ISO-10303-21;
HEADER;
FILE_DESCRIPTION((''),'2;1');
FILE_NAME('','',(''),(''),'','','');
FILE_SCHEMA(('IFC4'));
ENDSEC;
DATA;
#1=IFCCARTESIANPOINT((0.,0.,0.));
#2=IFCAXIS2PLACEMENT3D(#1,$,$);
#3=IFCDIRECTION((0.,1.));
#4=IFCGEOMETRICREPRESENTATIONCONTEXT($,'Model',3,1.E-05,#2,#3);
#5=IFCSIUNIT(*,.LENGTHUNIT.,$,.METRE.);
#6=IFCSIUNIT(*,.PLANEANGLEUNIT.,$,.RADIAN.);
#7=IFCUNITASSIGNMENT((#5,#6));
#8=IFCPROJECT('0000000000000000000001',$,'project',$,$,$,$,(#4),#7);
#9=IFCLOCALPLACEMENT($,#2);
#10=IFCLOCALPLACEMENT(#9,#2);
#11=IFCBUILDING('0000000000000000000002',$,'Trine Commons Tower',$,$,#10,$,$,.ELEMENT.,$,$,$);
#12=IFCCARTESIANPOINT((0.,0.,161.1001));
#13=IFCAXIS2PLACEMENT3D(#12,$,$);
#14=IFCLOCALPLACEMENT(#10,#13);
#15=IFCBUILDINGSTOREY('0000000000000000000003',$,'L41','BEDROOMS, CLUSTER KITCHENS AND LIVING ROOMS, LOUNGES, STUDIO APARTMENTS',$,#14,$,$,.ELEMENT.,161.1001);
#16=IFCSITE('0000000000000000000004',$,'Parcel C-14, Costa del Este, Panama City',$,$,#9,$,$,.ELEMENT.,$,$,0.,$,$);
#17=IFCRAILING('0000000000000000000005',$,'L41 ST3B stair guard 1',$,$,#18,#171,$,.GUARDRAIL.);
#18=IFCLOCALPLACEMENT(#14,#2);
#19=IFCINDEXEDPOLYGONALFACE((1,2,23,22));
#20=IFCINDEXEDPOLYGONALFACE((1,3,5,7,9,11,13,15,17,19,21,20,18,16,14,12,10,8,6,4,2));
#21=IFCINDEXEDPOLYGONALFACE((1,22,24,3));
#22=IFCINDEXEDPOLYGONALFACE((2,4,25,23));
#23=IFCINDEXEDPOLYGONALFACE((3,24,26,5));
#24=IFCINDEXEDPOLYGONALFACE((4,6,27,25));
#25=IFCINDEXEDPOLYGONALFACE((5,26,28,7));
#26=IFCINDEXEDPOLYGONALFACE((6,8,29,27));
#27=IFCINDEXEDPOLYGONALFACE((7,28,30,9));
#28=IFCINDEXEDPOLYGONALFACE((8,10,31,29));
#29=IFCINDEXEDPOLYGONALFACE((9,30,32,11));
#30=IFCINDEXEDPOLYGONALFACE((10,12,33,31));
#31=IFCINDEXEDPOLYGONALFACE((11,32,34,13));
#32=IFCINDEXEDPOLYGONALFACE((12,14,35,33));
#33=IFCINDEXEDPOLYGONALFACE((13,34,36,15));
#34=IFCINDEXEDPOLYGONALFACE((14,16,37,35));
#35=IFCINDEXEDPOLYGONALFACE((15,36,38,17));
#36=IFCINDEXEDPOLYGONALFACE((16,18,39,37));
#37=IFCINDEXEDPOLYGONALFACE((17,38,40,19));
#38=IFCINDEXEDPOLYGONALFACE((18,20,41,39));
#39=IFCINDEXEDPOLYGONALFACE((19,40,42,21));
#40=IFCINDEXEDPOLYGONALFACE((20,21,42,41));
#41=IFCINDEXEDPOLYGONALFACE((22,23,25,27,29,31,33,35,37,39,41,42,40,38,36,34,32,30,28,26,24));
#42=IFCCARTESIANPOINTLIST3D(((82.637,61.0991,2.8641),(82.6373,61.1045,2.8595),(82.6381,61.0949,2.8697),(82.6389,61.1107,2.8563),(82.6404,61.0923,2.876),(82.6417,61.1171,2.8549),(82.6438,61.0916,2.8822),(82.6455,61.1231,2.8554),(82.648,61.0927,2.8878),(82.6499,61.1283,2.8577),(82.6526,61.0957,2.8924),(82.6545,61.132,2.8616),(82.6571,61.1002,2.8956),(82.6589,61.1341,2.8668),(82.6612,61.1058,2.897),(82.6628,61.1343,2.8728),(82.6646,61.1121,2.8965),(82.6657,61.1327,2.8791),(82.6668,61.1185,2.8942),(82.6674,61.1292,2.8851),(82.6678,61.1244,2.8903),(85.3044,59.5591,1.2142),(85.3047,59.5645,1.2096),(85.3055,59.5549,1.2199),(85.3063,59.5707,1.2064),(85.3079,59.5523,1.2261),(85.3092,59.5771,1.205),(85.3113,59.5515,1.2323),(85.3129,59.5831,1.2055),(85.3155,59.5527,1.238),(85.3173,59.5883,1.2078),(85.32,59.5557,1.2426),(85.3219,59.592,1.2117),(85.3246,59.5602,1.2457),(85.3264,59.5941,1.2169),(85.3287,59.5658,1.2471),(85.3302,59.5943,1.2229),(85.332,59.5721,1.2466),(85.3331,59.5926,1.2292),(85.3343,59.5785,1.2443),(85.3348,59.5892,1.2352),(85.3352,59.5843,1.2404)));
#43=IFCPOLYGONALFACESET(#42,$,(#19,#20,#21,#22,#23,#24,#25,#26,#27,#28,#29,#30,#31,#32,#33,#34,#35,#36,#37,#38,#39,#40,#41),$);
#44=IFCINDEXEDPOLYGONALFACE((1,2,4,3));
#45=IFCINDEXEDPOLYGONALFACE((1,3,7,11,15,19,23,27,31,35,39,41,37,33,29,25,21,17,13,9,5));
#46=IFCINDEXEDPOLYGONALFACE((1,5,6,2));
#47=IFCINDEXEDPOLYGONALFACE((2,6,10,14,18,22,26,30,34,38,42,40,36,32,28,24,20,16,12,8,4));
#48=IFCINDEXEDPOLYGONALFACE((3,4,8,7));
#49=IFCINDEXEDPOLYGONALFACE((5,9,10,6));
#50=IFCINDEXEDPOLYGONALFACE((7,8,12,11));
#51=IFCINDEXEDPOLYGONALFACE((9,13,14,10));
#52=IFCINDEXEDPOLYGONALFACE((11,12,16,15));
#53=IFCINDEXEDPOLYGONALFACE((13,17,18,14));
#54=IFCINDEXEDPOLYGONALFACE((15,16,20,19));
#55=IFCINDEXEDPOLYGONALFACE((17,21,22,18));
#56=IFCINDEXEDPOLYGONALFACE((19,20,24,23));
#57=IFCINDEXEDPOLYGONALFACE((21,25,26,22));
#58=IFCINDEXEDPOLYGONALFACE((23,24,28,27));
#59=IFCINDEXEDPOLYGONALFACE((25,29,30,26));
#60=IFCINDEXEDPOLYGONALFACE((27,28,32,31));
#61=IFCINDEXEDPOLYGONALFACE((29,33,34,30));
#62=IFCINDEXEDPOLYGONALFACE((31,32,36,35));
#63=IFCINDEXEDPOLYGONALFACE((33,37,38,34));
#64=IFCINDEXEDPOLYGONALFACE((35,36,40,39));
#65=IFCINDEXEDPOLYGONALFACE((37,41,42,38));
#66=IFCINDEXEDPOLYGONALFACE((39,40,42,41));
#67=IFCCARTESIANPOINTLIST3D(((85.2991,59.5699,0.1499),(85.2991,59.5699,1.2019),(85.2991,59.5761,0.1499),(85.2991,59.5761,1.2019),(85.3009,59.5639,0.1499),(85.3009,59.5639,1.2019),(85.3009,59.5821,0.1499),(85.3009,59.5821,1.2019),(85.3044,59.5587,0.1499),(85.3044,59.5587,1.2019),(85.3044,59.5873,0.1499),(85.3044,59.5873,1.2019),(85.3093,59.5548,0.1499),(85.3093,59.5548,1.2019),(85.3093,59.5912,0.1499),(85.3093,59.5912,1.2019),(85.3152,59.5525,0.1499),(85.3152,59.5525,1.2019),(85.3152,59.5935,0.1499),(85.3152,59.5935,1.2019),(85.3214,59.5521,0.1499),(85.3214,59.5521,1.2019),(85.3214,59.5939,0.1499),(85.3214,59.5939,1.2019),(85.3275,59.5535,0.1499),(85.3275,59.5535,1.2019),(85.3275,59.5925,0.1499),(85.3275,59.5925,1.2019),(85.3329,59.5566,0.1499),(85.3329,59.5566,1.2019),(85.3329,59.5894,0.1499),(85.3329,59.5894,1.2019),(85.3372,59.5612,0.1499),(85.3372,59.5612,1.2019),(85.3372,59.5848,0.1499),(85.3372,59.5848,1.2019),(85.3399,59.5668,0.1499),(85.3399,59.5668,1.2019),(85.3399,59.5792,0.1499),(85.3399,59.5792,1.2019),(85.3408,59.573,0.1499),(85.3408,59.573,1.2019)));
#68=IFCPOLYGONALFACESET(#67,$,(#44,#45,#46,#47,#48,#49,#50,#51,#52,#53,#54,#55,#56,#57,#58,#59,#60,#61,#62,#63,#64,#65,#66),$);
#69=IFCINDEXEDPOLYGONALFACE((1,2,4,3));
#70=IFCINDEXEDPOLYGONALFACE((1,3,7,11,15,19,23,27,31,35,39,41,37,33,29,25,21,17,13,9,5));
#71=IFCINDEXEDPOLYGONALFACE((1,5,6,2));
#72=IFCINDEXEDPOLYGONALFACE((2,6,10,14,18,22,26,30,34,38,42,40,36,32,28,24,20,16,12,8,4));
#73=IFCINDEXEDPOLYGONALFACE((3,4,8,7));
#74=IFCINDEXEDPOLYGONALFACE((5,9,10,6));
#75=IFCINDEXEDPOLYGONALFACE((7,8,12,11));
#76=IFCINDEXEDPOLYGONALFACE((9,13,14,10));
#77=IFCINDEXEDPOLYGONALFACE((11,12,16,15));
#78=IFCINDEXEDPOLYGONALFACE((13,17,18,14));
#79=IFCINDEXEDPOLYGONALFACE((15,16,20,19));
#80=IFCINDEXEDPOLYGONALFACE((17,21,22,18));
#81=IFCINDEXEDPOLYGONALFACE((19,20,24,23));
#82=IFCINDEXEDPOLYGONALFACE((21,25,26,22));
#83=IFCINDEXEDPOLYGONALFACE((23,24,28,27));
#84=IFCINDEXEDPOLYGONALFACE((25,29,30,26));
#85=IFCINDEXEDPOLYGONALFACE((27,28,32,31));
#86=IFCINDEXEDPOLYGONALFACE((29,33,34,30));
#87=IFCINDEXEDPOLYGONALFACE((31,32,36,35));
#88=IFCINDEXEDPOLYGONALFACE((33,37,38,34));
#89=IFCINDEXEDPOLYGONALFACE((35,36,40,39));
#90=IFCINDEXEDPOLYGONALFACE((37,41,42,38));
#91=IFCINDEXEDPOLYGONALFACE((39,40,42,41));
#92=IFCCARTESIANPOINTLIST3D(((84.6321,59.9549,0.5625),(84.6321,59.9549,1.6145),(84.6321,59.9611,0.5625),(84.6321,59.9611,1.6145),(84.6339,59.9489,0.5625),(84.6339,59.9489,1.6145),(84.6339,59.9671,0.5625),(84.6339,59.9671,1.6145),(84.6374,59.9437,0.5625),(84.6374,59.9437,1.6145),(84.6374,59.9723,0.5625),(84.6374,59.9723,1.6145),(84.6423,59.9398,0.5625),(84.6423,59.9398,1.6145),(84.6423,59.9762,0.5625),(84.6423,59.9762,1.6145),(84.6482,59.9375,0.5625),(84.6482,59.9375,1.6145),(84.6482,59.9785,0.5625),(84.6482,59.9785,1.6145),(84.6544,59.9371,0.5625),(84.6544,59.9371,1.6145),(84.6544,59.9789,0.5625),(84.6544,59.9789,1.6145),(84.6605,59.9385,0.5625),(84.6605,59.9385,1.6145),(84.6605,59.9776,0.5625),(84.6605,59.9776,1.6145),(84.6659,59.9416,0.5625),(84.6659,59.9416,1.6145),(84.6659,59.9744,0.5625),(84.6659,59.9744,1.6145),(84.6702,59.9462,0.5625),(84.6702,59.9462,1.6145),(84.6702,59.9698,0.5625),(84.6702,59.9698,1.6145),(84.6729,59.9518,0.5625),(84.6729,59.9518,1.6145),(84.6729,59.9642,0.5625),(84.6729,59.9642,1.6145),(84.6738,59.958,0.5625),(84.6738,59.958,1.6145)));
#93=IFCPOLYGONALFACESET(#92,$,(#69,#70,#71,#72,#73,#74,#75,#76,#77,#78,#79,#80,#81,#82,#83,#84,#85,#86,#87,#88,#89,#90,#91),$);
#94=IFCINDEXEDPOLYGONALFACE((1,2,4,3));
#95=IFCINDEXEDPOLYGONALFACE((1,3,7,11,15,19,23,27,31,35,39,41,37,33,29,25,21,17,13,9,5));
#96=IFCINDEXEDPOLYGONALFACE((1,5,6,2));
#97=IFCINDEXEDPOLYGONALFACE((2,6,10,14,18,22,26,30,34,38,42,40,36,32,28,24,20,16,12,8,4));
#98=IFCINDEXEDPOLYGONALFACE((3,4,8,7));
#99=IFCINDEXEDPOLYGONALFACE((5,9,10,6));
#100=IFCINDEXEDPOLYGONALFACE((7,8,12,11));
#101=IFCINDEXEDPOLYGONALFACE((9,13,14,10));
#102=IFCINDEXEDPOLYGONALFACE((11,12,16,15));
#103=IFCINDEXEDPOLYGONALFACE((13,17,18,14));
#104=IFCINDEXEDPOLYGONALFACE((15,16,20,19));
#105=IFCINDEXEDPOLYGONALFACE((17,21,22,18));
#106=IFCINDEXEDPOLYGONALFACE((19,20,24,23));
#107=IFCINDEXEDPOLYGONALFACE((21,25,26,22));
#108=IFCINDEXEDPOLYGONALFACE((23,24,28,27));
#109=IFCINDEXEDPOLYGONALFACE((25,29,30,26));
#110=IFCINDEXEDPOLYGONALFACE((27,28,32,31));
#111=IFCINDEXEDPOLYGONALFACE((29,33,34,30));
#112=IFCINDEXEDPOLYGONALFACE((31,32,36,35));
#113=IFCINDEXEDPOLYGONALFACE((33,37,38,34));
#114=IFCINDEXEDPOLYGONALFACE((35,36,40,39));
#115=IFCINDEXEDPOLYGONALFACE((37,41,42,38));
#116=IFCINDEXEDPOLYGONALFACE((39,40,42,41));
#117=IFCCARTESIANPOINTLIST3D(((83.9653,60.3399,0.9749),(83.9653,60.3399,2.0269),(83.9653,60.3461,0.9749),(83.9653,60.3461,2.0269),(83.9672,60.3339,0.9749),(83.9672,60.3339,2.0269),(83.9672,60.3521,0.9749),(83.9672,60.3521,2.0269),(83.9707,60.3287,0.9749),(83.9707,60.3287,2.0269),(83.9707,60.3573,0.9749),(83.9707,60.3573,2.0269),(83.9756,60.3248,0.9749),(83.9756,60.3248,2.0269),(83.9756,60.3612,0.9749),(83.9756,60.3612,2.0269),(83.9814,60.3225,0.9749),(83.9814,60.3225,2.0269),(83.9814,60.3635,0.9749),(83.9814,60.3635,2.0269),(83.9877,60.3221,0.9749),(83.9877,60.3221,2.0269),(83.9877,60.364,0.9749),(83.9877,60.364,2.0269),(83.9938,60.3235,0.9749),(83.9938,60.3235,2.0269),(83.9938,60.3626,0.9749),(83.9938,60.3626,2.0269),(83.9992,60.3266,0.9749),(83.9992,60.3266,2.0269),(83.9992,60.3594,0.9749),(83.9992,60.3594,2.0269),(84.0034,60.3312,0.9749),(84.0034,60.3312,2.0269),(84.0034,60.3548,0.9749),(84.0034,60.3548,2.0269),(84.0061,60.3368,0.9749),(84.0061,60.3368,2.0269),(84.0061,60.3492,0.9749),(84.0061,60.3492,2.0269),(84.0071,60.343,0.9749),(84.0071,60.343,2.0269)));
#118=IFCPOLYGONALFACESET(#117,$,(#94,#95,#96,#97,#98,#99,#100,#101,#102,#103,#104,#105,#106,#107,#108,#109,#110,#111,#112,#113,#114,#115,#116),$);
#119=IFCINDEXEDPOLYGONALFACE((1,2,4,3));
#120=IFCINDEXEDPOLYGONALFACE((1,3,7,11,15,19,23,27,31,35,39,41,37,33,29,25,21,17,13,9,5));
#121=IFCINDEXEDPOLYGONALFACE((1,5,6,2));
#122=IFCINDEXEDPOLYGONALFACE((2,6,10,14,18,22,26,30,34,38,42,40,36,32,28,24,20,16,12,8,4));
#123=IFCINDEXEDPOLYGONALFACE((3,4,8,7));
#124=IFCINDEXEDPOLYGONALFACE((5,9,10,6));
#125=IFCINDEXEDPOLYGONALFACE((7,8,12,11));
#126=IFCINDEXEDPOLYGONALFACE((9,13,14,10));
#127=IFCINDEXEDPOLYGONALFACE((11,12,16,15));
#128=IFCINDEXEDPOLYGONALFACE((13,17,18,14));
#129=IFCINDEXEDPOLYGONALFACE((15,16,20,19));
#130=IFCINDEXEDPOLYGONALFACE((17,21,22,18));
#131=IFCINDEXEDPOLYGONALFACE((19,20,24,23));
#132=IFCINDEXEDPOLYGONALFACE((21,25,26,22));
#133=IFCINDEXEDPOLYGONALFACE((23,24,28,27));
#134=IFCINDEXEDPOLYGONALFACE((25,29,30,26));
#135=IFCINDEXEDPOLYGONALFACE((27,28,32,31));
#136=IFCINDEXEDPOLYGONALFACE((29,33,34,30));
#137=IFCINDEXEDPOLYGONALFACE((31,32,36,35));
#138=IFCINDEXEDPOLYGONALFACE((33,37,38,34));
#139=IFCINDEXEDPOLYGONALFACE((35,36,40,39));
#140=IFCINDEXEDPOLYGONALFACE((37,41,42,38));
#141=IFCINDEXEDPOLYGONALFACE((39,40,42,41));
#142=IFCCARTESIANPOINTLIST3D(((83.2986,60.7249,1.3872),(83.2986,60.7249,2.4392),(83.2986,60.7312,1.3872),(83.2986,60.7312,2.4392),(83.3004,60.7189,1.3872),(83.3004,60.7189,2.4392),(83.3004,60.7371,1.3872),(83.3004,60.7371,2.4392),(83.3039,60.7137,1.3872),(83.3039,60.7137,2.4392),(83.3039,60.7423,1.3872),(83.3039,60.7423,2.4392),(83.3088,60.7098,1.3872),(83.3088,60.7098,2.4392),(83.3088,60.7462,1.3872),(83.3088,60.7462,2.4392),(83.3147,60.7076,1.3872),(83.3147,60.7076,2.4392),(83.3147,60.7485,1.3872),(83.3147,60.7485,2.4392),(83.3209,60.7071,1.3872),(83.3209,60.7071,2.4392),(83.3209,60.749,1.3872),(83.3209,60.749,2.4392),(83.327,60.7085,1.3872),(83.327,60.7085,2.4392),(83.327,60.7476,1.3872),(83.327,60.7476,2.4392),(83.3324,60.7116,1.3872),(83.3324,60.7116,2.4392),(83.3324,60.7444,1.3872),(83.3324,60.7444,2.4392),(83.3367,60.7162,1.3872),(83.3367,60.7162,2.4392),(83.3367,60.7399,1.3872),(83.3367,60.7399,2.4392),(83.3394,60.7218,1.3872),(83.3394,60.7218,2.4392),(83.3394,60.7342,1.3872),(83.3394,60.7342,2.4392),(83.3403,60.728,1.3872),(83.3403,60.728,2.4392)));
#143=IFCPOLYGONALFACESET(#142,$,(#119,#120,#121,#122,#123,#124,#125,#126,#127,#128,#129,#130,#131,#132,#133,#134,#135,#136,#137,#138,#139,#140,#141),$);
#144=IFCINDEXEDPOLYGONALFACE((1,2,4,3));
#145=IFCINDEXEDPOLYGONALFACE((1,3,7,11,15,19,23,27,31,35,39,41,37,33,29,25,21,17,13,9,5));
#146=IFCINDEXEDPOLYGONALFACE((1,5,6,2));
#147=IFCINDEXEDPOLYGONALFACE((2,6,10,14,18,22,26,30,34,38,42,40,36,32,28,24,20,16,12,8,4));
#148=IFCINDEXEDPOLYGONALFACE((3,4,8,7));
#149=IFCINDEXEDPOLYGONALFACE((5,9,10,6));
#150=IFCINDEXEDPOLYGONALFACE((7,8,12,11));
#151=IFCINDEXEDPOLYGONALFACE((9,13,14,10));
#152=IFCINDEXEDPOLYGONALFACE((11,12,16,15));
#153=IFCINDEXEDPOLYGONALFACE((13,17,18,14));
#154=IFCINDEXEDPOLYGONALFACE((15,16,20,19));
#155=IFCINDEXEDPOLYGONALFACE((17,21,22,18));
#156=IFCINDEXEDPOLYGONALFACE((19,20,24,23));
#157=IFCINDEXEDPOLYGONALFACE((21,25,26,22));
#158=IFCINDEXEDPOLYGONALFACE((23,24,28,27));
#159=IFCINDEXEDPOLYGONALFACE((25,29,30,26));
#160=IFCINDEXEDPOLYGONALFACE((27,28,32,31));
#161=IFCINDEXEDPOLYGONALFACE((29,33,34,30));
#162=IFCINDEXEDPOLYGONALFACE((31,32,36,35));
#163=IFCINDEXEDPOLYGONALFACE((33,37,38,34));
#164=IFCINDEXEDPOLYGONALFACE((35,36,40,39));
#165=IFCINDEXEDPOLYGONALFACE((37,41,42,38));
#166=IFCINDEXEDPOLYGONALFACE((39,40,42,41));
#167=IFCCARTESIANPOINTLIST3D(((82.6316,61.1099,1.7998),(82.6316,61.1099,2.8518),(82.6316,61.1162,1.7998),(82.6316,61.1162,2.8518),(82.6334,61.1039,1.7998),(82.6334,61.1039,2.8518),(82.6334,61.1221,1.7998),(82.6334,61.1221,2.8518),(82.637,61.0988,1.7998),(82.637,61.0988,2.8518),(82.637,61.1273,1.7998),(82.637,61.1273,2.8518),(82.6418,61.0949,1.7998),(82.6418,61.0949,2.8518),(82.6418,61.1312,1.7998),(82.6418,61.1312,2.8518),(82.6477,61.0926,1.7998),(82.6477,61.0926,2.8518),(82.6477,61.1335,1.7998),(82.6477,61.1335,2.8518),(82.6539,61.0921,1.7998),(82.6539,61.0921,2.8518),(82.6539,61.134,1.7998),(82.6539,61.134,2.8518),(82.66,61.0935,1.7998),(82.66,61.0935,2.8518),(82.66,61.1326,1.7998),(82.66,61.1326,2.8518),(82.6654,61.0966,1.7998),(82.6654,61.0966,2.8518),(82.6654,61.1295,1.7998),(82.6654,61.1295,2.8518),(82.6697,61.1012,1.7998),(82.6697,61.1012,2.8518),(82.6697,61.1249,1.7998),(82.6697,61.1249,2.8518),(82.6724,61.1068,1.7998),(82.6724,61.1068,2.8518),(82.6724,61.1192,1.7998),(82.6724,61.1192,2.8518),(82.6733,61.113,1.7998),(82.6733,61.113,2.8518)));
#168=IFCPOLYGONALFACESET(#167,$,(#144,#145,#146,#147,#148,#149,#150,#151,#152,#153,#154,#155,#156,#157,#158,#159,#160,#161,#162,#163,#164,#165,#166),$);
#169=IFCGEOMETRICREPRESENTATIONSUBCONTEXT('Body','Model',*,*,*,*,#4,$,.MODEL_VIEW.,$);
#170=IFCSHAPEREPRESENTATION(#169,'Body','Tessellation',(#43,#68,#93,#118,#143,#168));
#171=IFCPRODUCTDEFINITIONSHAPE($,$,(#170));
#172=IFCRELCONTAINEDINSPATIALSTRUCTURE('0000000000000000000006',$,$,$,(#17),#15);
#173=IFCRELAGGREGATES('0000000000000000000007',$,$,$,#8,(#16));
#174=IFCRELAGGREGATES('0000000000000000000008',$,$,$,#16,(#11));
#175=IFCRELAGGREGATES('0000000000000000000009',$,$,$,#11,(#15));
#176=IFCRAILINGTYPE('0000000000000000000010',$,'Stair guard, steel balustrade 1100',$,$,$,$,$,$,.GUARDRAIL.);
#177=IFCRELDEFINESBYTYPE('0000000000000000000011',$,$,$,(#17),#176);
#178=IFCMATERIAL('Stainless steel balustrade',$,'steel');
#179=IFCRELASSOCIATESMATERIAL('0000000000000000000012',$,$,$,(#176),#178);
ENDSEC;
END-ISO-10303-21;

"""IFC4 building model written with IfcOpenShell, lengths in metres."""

from ifc_helpers import new_model, si_unit, direction, frame, origin, origin_2d, place, context, subcontext, project, spatial, circle, extrude, material, type_object, element, save


model = new_model("IFC4")

# Units and contexts
model_context = context("Model", 3, precision=1e-05, world=origin(), true_north=direction((0.0, 1.0)))
body_context = subcontext(model_context, "Body", "Model", "MODEL_VIEW")
ifc_project = project(units=[si_unit("LENGTHUNIT", "METRE"), si_unit("PLANEANGLEUNIT", "RADIAN")], contexts=[model_context])

# Site, building, storey
site_placement = place(None, origin())
site = spatial("IfcSite", under=ifc_project, at=site_placement, Name="Parcel C-14, Costa del Este, Panama City", CompositionType="ELEMENT", RefElevation=0.0)
building_placement = place(site_placement, origin())
building = spatial("IfcBuilding", under=site, at=building_placement, Name="Trine Commons Tower", CompositionType="ELEMENT")
storey_placement = place(building_placement, frame((0.0, 0.0, 161.1001)))
storey = spatial("IfcBuildingStorey", under=building, at=storey_placement, Name="L41", Description="BEDROOMS, CLUSTER KITCHENS AND LIVING ROOMS, LOUNGES, STUDIO APARTMENTS", CompositionType="ELEMENT", Elevation=161.1001)

# Railing
ifc_material_1 = material(Name="Stainless steel balustrade", Category="steel")
railing_type_1 = type_object("IfcRailingType", Name="Stair guard, steel balustrade 1100", PredefinedType="GUARDRAIL", material=ifc_material_1)
railing_1_placement = place(storey_placement, frame((85.3198, 59.573, 0.1499)))
element("IfcRailing", 1, at=railing_1_placement, inside=storey, type_object=railing_type_1, Name="L41 ST3B stair guard 1", PredefinedType="GUARDRAIL", context=body_context, shape_type="SweptSolid", body=[
    extrude(circle(Radius=0.0239, at=origin_2d()), frame((0.0, 0.0, 1.0762), z_axis=(-0.763405, 0.440743, 0.472185), x_axis=(-0.499992, -0.86603, 0.0)), (0.0, 0.0, 1.0), 3.4941),
    extrude(circle(Radius=0.021, at=origin_2d()), origin(), (0.0, 0.0, 1.0), 1.052),
    extrude(circle(Radius=0.021, at=origin_2d()), frame((-0.667, 0.385, 0.4126)), (0.0, 0.0, 1.0), 1.052),
    extrude(circle(Radius=0.021, at=origin_2d()), frame((-1.3337, 0.77, 0.825)), (0.0, 0.0, 1.0), 1.052),
    extrude(circle(Radius=0.021, at=origin_2d()), frame((-2.0005, 1.155, 1.2373)), (0.0, 0.0, 1.0), 1.052),
    extrude(circle(Radius=0.021, at=origin_2d()), frame((-2.6675, 1.54, 1.6499)), (0.0, 0.0, 1.0), 1.052),
])

save(model, "model.ifc")
